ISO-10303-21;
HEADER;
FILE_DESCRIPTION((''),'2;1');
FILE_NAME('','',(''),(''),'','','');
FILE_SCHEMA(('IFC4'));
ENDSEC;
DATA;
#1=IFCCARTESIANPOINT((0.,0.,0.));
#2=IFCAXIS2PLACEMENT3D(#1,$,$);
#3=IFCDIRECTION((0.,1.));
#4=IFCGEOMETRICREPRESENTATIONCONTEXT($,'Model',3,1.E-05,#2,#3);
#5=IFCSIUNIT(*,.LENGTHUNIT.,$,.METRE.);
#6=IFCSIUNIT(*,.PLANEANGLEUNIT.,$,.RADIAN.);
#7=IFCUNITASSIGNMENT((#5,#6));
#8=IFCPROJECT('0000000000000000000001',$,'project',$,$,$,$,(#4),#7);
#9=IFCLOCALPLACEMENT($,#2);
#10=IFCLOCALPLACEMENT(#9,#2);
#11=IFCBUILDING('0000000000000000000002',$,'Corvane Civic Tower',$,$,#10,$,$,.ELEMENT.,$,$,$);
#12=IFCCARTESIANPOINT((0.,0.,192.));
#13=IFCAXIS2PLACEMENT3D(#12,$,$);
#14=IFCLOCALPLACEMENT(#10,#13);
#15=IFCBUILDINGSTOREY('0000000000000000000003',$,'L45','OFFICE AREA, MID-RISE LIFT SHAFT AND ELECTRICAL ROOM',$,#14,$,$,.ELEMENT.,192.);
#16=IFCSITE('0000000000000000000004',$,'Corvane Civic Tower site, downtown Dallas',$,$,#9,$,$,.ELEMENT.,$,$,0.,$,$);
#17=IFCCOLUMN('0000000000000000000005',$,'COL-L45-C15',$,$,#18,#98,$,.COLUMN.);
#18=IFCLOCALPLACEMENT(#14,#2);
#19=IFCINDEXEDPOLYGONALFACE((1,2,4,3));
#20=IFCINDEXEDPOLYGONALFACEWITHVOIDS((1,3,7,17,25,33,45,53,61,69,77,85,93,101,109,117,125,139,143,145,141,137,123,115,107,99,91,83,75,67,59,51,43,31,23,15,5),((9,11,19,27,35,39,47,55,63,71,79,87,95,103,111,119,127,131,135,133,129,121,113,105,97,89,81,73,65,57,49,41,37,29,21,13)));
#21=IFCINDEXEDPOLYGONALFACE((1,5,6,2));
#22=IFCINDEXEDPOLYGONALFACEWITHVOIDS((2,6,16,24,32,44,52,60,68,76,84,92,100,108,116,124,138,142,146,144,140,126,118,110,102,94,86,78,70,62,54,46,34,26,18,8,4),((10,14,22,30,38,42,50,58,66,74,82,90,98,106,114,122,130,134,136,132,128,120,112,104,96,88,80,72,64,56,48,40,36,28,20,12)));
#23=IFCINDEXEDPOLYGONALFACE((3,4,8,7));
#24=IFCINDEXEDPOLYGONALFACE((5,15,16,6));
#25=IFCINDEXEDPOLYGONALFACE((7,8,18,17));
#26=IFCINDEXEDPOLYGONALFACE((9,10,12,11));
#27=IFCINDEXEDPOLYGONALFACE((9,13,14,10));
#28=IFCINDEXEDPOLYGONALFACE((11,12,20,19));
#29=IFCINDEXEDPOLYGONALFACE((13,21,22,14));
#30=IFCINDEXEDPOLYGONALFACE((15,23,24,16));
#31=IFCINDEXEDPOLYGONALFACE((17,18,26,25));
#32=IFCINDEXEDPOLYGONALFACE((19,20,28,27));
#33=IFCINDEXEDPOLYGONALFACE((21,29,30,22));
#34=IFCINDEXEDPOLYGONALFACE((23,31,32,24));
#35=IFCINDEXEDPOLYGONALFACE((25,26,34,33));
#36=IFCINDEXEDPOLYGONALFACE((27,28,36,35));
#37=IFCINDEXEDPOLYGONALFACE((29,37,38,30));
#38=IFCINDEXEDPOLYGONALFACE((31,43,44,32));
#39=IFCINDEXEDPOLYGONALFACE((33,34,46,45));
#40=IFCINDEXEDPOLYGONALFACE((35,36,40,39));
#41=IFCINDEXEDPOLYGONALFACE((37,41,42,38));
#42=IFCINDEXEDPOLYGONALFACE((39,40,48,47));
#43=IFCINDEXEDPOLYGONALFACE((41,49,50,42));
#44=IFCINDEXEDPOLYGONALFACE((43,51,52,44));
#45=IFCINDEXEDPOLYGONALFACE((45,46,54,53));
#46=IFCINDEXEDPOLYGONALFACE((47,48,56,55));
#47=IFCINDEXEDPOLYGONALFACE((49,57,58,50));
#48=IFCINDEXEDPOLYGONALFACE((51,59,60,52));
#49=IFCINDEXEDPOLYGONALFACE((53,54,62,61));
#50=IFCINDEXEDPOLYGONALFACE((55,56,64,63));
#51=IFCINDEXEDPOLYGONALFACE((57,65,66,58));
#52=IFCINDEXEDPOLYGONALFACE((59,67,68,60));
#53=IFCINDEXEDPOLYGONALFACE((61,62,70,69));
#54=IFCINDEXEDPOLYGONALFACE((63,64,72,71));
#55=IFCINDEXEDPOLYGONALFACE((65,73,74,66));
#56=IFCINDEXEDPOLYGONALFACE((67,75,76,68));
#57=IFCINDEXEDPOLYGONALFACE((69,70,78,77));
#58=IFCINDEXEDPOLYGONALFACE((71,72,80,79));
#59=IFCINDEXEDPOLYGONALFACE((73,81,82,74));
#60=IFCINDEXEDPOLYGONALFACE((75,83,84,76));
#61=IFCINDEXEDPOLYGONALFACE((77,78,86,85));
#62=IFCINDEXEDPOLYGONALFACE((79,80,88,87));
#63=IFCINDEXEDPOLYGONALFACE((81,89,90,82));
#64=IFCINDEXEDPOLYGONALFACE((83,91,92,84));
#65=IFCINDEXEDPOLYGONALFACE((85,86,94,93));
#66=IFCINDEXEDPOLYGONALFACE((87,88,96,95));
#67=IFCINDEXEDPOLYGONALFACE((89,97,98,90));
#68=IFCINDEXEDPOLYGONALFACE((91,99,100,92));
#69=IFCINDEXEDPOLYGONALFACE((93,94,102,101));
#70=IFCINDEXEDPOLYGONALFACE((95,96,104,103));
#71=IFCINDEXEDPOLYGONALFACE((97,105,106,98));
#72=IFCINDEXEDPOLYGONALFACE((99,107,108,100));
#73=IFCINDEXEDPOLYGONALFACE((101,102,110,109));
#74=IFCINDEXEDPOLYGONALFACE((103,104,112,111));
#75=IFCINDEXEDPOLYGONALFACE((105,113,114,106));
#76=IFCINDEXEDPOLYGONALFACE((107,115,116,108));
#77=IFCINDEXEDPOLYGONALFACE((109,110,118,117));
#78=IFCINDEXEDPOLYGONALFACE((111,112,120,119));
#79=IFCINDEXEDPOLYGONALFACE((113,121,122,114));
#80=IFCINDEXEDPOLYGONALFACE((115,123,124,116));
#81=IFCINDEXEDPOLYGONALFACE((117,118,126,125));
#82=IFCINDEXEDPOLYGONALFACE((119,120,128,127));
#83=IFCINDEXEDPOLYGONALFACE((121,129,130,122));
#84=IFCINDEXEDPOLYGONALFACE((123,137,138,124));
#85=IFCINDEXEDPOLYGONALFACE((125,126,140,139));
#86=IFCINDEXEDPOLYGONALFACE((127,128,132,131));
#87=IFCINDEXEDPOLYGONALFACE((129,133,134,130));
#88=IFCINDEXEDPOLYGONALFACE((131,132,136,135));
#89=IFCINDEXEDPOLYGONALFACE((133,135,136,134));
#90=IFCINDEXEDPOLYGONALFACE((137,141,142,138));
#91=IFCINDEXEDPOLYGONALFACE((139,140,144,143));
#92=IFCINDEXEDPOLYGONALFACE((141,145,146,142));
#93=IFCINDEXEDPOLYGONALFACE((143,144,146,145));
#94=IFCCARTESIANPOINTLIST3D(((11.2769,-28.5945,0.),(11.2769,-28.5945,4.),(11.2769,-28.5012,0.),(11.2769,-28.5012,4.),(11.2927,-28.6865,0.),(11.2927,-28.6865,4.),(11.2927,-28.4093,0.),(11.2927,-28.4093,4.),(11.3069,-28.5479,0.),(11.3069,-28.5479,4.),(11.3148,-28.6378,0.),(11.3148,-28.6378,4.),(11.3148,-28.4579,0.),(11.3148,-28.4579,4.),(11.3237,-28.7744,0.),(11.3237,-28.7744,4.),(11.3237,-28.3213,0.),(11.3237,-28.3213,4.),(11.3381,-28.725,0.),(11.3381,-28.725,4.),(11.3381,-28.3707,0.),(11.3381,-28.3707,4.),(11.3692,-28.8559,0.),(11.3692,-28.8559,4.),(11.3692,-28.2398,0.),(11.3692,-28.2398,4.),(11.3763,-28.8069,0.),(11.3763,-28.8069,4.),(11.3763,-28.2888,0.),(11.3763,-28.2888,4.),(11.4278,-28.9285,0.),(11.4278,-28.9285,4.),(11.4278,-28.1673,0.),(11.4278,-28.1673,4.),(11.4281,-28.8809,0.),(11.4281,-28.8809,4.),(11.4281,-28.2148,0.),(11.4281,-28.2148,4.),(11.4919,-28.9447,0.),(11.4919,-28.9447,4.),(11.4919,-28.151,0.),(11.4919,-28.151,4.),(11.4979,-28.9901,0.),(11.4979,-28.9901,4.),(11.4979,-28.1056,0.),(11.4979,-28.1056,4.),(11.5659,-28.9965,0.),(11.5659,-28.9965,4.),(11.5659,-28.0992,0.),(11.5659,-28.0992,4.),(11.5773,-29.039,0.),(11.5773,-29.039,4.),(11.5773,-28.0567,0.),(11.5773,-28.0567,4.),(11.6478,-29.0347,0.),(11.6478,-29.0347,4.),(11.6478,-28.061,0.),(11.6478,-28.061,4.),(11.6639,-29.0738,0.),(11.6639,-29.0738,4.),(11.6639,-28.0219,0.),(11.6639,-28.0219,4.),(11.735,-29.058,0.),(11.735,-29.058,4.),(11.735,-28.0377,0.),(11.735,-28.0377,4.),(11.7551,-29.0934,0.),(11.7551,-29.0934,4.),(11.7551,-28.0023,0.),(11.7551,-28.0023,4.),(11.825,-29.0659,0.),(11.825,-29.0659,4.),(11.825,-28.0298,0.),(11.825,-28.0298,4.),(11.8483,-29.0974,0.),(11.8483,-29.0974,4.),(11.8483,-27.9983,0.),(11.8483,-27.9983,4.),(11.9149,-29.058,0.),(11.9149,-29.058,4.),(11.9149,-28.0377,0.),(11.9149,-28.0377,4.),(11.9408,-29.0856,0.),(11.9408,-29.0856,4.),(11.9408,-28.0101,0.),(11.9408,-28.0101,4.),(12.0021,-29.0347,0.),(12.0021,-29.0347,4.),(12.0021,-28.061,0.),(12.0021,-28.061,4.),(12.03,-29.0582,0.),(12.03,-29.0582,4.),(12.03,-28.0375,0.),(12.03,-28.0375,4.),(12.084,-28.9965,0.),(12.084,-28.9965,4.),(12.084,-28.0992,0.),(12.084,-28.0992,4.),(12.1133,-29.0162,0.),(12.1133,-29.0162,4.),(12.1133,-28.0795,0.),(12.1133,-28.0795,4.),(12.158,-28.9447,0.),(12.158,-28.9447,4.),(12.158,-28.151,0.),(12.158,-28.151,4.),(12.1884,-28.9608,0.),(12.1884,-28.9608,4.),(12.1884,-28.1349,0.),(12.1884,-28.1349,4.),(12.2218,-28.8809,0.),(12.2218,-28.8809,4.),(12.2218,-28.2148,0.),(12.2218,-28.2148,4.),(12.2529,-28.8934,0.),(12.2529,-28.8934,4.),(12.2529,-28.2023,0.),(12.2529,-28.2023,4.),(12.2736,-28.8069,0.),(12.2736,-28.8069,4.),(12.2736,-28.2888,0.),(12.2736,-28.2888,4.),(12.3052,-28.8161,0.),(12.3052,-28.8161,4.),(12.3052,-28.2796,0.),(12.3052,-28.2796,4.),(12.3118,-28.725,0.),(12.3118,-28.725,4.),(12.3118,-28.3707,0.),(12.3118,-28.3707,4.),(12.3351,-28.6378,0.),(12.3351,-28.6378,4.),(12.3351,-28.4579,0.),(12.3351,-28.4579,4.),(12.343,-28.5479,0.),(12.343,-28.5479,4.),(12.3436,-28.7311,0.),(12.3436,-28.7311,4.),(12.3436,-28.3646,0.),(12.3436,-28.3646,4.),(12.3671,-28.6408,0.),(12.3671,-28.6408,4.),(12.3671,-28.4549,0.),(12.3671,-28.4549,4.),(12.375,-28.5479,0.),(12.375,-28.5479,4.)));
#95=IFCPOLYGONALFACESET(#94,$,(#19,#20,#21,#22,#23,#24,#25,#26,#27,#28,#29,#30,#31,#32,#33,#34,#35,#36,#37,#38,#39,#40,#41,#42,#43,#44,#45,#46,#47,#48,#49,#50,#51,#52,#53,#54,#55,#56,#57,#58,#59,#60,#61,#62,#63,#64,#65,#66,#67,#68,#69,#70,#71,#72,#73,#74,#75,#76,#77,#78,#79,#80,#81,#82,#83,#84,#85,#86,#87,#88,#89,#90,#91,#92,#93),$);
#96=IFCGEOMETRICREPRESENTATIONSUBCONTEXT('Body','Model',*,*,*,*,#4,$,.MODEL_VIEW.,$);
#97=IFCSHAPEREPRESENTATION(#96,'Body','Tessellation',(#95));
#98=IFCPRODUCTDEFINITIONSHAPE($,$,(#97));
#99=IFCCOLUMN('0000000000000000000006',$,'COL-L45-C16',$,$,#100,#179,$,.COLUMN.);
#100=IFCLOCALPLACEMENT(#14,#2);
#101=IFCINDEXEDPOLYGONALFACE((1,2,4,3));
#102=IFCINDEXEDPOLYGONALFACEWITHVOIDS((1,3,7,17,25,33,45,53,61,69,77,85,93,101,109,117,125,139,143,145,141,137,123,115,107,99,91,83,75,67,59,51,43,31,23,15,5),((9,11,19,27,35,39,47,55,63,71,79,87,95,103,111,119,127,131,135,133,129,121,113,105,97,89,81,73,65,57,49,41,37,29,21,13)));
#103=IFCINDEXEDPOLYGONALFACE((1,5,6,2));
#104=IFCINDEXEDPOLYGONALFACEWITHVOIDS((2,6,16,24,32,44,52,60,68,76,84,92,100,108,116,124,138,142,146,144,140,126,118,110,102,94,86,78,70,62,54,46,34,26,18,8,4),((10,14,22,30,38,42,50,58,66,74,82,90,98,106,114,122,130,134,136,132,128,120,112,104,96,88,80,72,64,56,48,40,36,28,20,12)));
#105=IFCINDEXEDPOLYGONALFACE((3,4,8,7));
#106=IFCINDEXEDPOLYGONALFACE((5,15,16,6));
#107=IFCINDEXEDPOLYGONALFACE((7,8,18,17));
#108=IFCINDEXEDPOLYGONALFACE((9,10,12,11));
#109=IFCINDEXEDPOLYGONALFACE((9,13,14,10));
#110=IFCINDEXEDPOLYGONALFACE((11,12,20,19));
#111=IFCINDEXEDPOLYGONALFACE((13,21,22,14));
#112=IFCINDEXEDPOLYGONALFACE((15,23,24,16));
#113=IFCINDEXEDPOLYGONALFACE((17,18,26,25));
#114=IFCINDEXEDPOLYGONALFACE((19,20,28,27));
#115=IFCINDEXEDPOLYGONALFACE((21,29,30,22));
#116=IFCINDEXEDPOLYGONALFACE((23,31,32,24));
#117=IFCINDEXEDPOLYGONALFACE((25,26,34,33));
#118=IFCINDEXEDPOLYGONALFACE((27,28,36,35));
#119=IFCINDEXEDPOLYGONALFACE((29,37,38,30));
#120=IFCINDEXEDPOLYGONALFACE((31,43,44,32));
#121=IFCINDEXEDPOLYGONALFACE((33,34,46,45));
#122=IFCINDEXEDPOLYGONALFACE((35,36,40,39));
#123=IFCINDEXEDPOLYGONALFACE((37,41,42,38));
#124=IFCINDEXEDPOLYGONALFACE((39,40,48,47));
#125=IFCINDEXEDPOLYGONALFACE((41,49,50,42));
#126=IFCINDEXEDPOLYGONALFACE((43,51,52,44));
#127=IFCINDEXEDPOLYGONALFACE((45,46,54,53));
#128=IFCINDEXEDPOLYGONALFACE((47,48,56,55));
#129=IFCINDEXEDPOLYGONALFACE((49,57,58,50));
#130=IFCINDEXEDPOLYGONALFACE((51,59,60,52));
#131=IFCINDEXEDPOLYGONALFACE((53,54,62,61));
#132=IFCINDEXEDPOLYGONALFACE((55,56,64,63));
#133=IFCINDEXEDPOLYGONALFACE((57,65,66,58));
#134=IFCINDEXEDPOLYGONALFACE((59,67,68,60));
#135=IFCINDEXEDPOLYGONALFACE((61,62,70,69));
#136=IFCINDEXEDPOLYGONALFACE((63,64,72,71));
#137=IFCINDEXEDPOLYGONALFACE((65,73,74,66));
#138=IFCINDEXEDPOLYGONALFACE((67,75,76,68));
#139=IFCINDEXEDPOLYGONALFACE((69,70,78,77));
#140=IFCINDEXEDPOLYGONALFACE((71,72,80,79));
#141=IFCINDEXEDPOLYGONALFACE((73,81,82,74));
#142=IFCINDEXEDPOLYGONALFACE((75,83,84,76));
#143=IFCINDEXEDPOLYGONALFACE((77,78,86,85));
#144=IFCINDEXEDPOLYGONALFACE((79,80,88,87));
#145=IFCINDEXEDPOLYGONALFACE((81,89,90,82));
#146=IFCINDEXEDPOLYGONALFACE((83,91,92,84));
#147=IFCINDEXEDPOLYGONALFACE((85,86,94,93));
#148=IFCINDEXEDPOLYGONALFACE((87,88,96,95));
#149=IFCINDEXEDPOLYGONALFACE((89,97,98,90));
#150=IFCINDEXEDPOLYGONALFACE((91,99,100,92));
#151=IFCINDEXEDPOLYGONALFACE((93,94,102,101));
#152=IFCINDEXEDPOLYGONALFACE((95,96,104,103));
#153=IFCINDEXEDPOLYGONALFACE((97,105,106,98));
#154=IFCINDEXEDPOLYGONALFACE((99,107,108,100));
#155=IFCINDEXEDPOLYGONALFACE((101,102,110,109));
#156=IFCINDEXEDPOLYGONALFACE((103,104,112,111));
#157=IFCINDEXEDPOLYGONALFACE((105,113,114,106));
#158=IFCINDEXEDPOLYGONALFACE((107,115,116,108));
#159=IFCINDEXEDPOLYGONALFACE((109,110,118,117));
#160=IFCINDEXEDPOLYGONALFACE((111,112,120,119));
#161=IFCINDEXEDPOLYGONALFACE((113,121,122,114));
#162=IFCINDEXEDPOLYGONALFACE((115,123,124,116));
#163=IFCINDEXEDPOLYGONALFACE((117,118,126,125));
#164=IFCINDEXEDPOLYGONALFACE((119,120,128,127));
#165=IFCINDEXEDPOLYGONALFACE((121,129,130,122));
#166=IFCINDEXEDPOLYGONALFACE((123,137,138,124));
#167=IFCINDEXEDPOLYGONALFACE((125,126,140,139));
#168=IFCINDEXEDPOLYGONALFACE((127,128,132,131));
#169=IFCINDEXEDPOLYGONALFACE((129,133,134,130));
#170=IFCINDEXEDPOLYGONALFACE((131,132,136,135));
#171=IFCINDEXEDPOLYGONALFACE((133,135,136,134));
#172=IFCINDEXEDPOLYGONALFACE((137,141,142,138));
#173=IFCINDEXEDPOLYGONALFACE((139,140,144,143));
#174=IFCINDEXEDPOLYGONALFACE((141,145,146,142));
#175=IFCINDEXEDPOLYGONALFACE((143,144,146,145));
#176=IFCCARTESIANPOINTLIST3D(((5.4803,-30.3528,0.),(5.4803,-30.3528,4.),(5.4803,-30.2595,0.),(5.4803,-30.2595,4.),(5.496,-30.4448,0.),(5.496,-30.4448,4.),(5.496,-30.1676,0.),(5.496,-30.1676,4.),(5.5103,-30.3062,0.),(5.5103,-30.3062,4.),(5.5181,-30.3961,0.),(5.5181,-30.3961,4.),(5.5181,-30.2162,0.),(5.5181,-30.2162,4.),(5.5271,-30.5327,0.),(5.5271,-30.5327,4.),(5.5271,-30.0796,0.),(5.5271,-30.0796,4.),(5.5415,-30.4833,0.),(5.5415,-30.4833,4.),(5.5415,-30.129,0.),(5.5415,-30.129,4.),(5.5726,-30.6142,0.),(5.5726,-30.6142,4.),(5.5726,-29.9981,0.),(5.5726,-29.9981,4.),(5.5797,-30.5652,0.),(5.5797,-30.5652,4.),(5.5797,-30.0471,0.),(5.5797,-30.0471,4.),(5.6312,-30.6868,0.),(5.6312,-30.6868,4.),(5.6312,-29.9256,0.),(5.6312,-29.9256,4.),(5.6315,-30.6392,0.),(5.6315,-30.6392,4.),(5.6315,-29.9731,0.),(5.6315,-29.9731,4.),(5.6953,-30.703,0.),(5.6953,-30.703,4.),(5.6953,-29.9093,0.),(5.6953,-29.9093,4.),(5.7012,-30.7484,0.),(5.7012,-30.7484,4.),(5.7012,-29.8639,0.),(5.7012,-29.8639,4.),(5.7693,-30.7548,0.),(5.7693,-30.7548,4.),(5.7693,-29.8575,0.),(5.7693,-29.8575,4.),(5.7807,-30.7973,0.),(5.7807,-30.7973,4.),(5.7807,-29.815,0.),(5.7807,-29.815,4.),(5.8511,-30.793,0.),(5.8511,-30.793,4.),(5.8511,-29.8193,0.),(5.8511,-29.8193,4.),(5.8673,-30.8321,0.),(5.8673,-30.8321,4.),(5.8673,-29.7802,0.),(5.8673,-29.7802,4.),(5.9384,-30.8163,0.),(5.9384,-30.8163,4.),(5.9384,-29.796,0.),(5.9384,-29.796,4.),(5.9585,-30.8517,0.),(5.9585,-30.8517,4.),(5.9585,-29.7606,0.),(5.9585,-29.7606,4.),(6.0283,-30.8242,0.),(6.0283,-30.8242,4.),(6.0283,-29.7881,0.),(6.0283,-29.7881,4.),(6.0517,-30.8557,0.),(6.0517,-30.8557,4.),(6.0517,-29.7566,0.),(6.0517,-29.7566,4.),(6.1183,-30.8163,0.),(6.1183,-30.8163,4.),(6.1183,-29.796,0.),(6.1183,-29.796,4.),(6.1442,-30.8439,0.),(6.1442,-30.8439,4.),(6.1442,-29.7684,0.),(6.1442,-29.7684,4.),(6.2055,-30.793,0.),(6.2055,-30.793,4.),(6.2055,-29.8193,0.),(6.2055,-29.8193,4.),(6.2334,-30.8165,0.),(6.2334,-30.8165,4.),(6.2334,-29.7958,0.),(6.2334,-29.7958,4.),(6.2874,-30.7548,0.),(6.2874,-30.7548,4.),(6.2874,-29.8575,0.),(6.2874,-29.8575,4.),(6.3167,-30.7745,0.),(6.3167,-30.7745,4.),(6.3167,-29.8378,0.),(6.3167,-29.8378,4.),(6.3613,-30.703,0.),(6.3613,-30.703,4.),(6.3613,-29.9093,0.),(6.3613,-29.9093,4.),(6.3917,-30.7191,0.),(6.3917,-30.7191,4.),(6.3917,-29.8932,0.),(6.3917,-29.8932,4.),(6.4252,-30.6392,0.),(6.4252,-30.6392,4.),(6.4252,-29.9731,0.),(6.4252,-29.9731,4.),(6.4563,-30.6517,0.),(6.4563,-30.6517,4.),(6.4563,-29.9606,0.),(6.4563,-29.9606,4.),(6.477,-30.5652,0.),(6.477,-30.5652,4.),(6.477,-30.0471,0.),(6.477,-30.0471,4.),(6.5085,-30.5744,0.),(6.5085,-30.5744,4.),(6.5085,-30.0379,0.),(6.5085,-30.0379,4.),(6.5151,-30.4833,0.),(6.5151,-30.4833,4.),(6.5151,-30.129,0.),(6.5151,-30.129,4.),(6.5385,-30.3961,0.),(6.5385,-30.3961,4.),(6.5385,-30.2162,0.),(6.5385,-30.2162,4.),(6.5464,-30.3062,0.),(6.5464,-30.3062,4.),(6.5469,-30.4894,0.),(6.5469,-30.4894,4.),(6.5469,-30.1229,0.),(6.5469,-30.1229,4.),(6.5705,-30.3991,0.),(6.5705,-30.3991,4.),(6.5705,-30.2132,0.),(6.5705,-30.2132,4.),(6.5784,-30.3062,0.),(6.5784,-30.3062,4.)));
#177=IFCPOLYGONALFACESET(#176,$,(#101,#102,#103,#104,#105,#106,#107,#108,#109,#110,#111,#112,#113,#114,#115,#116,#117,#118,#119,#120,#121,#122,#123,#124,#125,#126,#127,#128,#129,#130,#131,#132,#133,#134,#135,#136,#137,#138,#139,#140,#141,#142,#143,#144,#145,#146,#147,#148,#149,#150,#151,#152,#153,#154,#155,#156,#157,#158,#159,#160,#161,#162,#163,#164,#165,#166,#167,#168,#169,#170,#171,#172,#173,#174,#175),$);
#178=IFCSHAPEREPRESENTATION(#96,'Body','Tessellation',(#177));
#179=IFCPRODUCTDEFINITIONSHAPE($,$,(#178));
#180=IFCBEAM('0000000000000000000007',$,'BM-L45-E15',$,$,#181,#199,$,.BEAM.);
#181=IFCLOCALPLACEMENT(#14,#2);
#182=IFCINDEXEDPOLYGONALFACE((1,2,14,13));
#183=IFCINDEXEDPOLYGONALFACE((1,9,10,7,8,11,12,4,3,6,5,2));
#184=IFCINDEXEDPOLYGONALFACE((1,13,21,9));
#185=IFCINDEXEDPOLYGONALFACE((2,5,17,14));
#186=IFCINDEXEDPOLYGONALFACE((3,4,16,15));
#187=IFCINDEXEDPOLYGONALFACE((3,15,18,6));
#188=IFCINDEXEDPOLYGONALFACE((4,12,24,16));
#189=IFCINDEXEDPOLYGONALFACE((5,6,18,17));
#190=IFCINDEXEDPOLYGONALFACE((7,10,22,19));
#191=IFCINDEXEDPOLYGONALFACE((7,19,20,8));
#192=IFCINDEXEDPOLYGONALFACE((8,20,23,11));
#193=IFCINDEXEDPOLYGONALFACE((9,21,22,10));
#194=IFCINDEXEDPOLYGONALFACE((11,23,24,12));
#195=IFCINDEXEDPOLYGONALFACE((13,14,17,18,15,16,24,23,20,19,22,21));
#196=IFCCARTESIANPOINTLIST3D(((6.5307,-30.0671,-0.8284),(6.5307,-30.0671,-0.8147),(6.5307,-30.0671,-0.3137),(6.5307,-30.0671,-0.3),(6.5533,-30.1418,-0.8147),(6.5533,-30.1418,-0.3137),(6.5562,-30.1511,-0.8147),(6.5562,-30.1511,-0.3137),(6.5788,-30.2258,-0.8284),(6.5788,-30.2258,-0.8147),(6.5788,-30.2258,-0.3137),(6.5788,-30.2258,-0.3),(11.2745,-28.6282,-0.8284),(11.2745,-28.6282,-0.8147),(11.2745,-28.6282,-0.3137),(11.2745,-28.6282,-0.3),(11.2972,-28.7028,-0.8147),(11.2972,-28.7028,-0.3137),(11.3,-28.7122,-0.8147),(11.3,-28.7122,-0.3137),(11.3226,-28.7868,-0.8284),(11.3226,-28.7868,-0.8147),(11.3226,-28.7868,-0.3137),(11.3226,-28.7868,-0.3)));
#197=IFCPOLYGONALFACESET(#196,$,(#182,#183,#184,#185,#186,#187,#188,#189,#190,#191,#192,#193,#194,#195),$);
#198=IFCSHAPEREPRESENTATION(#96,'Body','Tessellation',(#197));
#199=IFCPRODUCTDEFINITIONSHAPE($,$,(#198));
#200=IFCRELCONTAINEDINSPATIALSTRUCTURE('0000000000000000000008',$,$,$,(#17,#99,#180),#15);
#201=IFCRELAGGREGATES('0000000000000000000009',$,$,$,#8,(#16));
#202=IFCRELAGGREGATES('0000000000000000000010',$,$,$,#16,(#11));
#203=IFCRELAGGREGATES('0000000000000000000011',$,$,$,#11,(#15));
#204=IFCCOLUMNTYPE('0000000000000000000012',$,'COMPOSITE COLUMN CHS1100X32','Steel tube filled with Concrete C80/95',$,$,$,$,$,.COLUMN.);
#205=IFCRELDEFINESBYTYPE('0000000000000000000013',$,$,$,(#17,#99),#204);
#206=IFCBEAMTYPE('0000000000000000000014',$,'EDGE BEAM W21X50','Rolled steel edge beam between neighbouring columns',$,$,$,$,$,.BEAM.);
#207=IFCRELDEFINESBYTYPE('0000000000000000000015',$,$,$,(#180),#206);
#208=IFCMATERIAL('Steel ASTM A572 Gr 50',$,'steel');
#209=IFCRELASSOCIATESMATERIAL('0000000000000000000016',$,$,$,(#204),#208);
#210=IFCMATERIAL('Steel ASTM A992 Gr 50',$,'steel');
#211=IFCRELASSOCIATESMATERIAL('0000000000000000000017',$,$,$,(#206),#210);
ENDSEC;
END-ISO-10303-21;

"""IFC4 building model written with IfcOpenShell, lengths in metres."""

from ifc_helpers import new_model, si_unit, direction, frame, origin, origin_2d, place, context, subcontext, project, spatial, hollow_circle, i_section, extrude, material, material_profile, profile_set, type_object, element, save


model = new_model("IFC4")

# Units and contexts
model_context = context("Model", 3, precision=1e-05, world=origin(), true_north=direction((0.0, 1.0)))
body_context = subcontext(model_context, "Body", "Model", "MODEL_VIEW")
ifc_project = project(units=[si_unit("LENGTHUNIT", "METRE"), si_unit("PLANEANGLEUNIT", "RADIAN")], contexts=[model_context])

# Site, building, storey
site_placement = place(None, origin())
site = spatial("IfcSite", under=ifc_project, at=site_placement, Name="Corvane Civic Tower site, downtown Dallas", CompositionType="ELEMENT", RefElevation=0.0)
building_placement = place(site_placement, origin())
building = spatial("IfcBuilding", under=site, at=building_placement, Name="Corvane Civic Tower", CompositionType="ELEMENT")
storey_placement = place(building_placement, frame((0.0, 0.0, 192.0)))
storey = spatial("IfcBuildingStorey", under=building, at=storey_placement, Name="L45", Description="OFFICE AREA, MID-RISE LIFT SHAFT AND ELECTRICAL ROOM", CompositionType="ELEMENT", Elevation=192.0)

# Columns
ifc_material_1 = material(Name="Steel ASTM A572 Gr 50", Category="steel")
ifc_material_profile_1 = material_profile(ifc_material_1, hollow_circle(Radius=0.55, WallThickness=0.032, at=origin_2d()), Name="CHS1100X32")
ifc_profile_set_1 = profile_set([ifc_material_profile_1], Name="Steel ASTM A572 Gr 50")
column_type = type_object("IfcColumnType", Name="COMPOSITE COLUMN CHS1100X32", Description="Steel tube filled with Concrete C80/95", PredefinedType="COLUMN", material=ifc_profile_set_1)
for number, where, z_axis, x_axis, name in (
    (1, (11.825, -28.5479, 0.0), (0.0, 0.0, 1.0), (1.0, 0.0, 0.0), "COL-L45-C15"),
    (2, (6.0283, -30.3062, 0.0), (0.0, 0.0, 1.0), (1.0, 0.0, 0.0), "COL-L45-C16"),
):
    element("IfcColumn", number, at=place(storey_placement, frame(where, z_axis=z_axis, x_axis=x_axis)), inside=storey, type_object=column_type, Name=name, PredefinedType="COLUMN", context=body_context, shape_type="SweptSolid", body=[
        extrude(hollow_circle(Radius=0.55, WallThickness=0.032, at=origin_2d()), origin(), (0.0, 0.0, 1.0), 4.0),
    ])

# Beam
ifc_material_2 = material(Name="Steel ASTM A992 Gr 50", Category="steel")
ifc_material_profile_2 = material_profile(ifc_material_2, i_section(OverallWidth=0.1658, OverallDepth=0.5283, WebThickness=0.0098, FlangeThickness=0.0137, at=origin_2d()), Name="W21X50")
ifc_profile_set_2 = profile_set([ifc_material_profile_2], Name="Steel ASTM A992 Gr 50")
beam_type_1 = type_object("IfcBeamType", Name="EDGE BEAM W21X50", Description="Rolled steel edge beam between neighbouring columns", PredefinedType="BEAM", material=ifc_profile_set_2)
beam_1_placement = place(storey_placement, frame((11.2986, -28.7075, -0.5642), z_axis=(-0.956945, -0.29027, 0.0), x_axis=(0.29027, -0.956945, 0.0)))
element("IfcBeam", 3, at=beam_1_placement, inside=storey, type_object=beam_type_1, Name="BM-L45-E15", PredefinedType="BEAM", context=body_context, shape_type="SweptSolid", body=[
    extrude(i_section(OverallWidth=0.1658, OverallDepth=0.5283, WebThickness=0.0098, FlangeThickness=0.0137, at=origin_2d()), origin(), (0.0, 0.0, 1.0), 4.9573),
])

save(model, "model.ifc")
